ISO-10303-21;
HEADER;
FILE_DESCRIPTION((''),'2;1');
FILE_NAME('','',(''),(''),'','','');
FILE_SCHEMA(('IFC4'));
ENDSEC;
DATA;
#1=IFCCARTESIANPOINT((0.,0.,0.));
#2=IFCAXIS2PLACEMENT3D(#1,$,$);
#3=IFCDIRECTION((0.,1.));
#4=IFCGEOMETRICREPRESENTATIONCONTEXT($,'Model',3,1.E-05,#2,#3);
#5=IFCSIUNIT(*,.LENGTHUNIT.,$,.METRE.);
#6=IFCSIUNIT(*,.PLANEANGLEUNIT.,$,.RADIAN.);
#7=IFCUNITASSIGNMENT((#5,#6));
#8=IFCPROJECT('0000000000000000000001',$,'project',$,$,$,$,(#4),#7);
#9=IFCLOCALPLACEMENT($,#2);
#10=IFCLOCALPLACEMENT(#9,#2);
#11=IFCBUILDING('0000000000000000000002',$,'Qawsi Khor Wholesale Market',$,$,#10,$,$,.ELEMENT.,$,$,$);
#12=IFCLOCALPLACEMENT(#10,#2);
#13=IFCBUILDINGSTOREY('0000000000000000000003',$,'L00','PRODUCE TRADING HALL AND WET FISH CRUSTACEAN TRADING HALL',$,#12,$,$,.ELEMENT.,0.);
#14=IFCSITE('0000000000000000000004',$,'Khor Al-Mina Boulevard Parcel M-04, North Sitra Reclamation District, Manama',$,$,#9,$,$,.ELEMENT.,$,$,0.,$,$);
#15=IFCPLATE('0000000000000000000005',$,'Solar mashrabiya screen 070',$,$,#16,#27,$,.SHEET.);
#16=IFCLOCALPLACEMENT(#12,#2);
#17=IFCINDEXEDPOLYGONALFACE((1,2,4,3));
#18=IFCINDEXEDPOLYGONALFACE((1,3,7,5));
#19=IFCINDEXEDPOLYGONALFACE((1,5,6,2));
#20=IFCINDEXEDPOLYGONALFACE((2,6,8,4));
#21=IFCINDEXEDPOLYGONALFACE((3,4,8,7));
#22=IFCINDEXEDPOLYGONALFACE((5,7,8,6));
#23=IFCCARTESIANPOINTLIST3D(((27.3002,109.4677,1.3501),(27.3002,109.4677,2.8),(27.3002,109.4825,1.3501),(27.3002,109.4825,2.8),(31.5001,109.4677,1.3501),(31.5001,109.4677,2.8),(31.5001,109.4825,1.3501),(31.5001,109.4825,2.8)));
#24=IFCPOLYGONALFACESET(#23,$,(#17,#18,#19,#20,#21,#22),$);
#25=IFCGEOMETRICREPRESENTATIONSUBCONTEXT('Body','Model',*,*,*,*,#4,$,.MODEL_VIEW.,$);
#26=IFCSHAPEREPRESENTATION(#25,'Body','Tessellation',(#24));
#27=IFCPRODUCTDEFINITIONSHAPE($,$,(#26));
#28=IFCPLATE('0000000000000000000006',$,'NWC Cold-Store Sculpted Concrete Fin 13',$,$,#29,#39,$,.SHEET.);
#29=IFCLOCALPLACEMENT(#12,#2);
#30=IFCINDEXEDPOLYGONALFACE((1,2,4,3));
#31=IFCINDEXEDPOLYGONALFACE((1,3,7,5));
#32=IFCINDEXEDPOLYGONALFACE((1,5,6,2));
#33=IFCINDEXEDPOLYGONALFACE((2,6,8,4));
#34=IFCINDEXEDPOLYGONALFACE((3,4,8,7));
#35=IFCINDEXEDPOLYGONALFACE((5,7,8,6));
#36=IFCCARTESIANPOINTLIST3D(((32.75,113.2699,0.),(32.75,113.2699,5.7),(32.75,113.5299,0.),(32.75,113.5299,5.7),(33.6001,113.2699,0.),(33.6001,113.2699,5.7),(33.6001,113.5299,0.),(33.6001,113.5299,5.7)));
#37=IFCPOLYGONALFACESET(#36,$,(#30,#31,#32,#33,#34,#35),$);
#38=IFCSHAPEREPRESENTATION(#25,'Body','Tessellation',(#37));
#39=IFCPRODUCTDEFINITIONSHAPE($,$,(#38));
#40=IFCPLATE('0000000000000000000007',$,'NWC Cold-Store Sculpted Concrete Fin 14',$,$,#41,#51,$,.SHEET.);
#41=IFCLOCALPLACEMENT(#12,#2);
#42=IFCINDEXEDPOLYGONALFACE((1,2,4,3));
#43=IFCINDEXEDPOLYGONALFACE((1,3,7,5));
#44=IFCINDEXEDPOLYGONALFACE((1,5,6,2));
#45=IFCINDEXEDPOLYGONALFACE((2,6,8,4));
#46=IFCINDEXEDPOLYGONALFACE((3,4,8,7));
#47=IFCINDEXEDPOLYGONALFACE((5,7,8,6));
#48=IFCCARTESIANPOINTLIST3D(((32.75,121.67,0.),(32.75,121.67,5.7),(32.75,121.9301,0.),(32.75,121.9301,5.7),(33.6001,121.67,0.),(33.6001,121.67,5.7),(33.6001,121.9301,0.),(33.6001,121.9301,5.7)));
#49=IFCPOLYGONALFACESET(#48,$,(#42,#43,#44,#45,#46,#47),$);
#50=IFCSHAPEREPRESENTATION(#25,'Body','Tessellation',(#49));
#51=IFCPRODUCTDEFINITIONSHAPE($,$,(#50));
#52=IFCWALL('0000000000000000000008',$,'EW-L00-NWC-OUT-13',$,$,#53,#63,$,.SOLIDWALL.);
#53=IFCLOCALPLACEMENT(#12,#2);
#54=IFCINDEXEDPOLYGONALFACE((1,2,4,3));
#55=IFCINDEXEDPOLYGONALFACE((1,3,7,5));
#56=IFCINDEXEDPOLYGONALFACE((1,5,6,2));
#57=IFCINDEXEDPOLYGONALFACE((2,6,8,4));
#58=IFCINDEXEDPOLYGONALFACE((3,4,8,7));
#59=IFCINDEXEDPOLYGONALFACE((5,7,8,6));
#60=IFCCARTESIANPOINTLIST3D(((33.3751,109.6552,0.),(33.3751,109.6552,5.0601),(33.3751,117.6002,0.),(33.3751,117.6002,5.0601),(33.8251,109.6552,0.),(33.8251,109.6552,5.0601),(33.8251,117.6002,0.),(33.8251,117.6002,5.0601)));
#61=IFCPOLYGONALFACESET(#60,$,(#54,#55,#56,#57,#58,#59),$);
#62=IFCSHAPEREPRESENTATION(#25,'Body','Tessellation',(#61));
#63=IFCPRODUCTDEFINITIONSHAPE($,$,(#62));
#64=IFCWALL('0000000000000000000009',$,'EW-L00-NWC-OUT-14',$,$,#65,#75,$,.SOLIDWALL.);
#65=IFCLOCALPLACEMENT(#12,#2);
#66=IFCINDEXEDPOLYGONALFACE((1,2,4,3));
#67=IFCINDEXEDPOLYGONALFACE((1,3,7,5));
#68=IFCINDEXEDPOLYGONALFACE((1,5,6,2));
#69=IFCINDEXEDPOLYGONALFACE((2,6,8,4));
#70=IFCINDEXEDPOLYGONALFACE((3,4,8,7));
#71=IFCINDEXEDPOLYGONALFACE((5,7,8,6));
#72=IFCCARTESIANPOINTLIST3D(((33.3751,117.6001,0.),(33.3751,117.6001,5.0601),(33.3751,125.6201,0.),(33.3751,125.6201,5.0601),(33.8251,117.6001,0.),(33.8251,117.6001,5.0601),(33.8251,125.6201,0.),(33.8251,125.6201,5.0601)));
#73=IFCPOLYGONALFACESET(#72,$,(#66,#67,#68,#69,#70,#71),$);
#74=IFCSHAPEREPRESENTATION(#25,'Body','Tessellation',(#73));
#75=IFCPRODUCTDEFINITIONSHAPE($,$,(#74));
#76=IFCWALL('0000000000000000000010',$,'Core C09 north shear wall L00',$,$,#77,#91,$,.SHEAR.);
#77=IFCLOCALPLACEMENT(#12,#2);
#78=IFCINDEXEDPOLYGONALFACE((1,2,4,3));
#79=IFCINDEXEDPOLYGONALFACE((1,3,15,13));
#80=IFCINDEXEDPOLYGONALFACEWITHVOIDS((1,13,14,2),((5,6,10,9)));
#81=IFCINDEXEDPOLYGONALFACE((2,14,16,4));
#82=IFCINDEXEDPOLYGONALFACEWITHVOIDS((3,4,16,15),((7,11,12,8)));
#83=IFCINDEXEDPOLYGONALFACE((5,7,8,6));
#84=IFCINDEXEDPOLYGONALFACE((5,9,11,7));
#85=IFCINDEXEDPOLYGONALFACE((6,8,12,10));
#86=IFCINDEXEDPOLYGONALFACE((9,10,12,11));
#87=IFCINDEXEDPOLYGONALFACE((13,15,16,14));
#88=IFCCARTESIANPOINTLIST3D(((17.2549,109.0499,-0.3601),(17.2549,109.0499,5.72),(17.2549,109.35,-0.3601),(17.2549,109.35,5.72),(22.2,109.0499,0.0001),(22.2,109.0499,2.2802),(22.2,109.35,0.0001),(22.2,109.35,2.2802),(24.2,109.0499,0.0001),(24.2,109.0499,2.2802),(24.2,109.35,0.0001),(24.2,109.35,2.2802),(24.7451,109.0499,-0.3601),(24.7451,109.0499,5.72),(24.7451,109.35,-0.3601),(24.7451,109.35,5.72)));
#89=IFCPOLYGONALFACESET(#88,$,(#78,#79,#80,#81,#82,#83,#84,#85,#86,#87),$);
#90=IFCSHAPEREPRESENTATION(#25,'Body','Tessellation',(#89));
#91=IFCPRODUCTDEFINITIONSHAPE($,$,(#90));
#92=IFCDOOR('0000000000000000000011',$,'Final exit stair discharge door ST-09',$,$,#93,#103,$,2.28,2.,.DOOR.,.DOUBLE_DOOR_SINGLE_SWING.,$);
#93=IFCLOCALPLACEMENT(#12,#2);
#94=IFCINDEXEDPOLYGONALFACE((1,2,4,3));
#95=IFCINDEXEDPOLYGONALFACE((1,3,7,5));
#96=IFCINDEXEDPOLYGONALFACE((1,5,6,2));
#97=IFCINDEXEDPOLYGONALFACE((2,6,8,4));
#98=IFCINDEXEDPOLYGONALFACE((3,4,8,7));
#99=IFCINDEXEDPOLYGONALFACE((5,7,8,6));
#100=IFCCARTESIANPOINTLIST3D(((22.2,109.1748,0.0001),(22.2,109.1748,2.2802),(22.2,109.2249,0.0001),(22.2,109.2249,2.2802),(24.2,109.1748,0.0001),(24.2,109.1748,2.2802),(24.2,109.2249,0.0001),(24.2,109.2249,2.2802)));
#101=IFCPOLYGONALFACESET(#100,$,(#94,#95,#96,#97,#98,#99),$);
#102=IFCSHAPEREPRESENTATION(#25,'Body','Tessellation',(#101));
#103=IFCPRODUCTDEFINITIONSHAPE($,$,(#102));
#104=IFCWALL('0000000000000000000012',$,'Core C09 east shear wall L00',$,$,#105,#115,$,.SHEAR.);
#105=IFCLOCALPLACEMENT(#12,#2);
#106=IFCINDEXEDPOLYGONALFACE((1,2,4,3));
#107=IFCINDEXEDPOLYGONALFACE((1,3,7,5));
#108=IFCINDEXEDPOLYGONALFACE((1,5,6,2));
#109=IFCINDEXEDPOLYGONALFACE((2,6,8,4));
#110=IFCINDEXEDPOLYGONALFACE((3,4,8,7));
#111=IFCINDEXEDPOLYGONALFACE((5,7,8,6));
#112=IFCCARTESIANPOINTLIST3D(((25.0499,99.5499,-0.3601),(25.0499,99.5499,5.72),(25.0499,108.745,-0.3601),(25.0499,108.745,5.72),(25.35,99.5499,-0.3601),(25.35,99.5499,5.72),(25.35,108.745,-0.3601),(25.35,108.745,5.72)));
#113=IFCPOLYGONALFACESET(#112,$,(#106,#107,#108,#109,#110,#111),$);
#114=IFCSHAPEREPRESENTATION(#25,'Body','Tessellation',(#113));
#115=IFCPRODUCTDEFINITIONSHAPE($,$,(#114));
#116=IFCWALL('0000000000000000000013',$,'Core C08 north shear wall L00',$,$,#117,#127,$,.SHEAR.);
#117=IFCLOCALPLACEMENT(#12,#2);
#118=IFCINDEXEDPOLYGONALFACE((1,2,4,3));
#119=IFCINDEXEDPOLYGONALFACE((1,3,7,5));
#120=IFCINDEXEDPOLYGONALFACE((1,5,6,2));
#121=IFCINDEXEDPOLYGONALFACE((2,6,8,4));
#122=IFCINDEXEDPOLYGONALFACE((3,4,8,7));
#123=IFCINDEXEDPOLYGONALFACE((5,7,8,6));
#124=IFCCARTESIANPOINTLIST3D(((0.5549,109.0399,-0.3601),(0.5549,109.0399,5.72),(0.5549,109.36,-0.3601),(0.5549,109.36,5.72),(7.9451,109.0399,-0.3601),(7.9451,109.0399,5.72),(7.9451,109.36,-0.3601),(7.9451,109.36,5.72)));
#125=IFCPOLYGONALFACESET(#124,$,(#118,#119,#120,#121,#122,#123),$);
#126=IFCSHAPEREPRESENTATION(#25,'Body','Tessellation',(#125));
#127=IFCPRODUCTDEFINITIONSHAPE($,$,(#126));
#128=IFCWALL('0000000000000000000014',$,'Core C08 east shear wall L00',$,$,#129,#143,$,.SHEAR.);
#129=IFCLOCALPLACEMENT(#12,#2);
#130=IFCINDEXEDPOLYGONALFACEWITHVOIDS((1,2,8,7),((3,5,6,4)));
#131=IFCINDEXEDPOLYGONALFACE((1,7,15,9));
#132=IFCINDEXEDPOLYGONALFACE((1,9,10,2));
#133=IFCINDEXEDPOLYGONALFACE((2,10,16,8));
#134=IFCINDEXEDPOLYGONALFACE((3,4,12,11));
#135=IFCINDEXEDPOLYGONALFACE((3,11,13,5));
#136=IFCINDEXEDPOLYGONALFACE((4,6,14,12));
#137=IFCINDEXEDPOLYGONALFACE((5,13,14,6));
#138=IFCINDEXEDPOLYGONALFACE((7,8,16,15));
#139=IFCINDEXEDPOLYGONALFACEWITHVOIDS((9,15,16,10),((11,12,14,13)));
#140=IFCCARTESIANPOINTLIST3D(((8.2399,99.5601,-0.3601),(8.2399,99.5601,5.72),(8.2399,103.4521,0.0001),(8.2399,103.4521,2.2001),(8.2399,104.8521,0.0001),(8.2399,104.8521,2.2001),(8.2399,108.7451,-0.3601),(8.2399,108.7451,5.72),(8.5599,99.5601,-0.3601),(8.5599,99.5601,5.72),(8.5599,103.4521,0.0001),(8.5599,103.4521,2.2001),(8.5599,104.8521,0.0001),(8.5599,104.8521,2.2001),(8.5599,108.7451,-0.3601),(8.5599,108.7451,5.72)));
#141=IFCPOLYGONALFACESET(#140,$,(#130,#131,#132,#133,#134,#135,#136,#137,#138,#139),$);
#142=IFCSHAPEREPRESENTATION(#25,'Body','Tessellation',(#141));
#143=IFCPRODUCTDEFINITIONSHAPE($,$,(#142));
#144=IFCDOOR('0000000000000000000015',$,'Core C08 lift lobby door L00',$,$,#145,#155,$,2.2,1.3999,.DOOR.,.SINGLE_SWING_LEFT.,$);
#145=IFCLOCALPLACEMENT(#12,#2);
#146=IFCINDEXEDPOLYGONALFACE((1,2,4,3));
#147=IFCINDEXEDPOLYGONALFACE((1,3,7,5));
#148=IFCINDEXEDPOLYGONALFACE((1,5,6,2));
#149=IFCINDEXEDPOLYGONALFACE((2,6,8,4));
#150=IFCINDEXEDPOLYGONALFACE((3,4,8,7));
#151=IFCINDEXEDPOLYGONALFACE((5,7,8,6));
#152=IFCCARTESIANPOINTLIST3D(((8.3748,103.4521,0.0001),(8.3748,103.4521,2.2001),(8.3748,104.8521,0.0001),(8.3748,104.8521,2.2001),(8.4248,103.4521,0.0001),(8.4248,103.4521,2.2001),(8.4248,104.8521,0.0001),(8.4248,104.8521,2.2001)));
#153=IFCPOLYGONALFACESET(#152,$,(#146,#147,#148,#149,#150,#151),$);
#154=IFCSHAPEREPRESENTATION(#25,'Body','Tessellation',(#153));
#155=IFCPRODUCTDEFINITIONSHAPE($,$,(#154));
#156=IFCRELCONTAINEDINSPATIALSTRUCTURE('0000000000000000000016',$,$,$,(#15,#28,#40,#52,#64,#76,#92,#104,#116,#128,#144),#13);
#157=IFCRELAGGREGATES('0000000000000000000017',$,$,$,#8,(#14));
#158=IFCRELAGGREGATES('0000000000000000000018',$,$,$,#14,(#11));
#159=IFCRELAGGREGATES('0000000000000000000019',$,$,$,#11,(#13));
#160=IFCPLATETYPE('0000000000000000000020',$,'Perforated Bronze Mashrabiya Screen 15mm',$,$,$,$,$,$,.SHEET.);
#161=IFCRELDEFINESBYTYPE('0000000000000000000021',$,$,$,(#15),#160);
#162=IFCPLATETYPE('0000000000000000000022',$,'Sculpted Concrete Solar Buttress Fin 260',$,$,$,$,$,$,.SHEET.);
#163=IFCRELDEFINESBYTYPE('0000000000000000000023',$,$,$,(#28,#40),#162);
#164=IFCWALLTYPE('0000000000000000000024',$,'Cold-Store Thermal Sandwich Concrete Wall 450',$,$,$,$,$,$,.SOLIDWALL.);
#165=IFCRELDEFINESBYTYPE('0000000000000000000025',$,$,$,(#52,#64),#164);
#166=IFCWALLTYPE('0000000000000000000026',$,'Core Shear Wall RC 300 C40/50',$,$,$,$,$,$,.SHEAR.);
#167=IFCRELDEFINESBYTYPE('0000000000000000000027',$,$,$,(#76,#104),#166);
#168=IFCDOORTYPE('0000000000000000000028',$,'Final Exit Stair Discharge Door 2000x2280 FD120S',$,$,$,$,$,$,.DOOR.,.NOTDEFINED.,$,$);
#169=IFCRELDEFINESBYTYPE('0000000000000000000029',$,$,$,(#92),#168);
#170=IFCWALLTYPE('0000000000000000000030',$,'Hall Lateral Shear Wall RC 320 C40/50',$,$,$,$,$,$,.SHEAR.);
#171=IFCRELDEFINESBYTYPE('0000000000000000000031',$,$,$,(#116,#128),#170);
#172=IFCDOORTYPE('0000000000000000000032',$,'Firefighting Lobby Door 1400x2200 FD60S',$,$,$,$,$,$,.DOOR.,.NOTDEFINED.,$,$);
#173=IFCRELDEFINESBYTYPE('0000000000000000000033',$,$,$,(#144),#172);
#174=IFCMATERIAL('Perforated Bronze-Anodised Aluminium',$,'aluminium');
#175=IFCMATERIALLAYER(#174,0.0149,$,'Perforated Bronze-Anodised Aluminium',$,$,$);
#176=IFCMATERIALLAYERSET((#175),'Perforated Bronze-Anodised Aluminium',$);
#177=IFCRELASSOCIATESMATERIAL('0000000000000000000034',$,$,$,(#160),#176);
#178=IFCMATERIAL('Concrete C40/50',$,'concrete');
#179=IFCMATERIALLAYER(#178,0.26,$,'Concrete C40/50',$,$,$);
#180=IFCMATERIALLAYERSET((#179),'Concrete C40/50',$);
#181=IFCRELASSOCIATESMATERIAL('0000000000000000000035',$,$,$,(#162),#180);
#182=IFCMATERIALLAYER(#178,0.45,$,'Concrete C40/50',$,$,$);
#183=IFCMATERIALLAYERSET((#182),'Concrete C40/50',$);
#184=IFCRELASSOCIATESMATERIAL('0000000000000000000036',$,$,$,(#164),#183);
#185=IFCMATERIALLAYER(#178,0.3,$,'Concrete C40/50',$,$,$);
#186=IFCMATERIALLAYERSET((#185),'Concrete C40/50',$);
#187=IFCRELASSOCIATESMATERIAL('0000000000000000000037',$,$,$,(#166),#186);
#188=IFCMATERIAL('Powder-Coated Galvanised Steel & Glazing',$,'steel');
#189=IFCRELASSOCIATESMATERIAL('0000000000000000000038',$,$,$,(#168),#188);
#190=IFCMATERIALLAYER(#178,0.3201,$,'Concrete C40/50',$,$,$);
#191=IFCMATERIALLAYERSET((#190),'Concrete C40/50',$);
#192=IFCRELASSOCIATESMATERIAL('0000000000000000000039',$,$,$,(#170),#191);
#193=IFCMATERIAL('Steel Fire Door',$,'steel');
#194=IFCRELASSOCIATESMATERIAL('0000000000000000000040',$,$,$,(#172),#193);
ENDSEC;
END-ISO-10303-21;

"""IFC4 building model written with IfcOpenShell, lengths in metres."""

from ifc_helpers import new_model, si_unit, direction, frame, frame_2d, origin, place, context, subcontext, project, spatial, rectangle, extrude, material, layer, layer_set, type_object, element, fill, save


model = new_model("IFC4")

# Units and contexts
model_context = context("Model", 3, precision=1e-05, world=origin(), true_north=direction((0.0, 1.0)))
body_context = subcontext(model_context, "Body", "Model", "MODEL_VIEW")
ifc_project = project(units=[si_unit("LENGTHUNIT", "METRE"), si_unit("PLANEANGLEUNIT", "RADIAN")], contexts=[model_context])

# Site, building, storey
site_placement = place(None, origin())
site = spatial("IfcSite", under=ifc_project, at=site_placement, Name="Khor Al-Mina Boulevard Parcel M-04, North Sitra Reclamation District, Manama", CompositionType="ELEMENT", RefElevation=0.0)
building_placement = place(site_placement, origin())
building = spatial("IfcBuilding", under=site, at=building_placement, Name="Qawsi Khor Wholesale Market", CompositionType="ELEMENT")
storey_placement = place(building_placement, origin())
storey = spatial("IfcBuildingStorey", under=building, at=storey_placement, Name="L00", Description="PRODUCE TRADING HALL AND WET FISH CRUSTACEAN TRADING HALL", CompositionType="ELEMENT", Elevation=0.0)

# Shared definitions
ifc_material_1 = material(Name="Concrete C40/50", Category="concrete")

# Plates
ifc_material_2 = material(Name="Perforated Bronze-Anodised Aluminium", Category="aluminium")
ifc_layer_1 = layer(ifc_material_2, 0.0149, Name="Perforated Bronze-Anodised Aluminium")
ifc_layer_set_1 = layer_set([ifc_layer_1], Name="Perforated Bronze-Anodised Aluminium")
plate_type_1 = type_object("IfcPlateType", Name="Perforated Bronze Mashrabiya Screen 15mm", PredefinedType="SHEET", material=ifc_layer_set_1)
for number, where, z_axis, x_axis, name in (
    (1, (27.3, 109.4751, 1.3501), (0.0, 0.0, 1.0), (1.0, 0.0, 0.0), "Solar mashrabiya screen 070"),
):
    element("IfcPlate", number, at=place(storey_placement, frame(where, z_axis=z_axis, x_axis=x_axis)), inside=storey, type_object=plate_type_1, Name=name, PredefinedType="SHEET", context=body_context, shape_type="SweptSolid", body=[
        extrude(rectangle(XDim=4.2, YDim=0.0149, at=frame_2d((2.1001, 0.0))), origin(), (0.0, 0.0, 1.0), 1.45),
    ])
ifc_layer_2 = layer(ifc_material_1, 0.26, Name="Concrete C40/50")
ifc_layer_set_2 = layer_set([ifc_layer_2], Name="Concrete C40/50")
plate_type_2 = type_object("IfcPlateType", Name="Sculpted Concrete Solar Buttress Fin 260", PredefinedType="SHEET", material=ifc_layer_set_2)
for number, where, z_axis, x_axis, name in (
    (2, (33.6001, 113.3999, 0.0), (0.0, 0.0, 1.0), (-1.0, 0.0, 0.0), "NWC Cold-Store Sculpted Concrete Fin 13"),
    (3, (33.6001, 121.8, 0.0), (0.0, 0.0, 1.0), (-1.0, 0.0, 0.0), "NWC Cold-Store Sculpted Concrete Fin 14"),
):
    element("IfcPlate", number, at=place(storey_placement, frame(where, z_axis=z_axis, x_axis=x_axis)), inside=storey, type_object=plate_type_2, Name=name, PredefinedType="SHEET", context=body_context, shape_type="SweptSolid", body=[
        extrude(rectangle(XDim=0.8501, YDim=0.26, at=frame_2d((0.425, 0.0))), origin(), (0.0, 0.0, 1.0), 5.7),
    ])

# Walls
ifc_layer_3 = layer(ifc_material_1, 0.45, Name="Concrete C40/50")
ifc_layer_set_3 = layer_set([ifc_layer_3], Name="Concrete C40/50")
wall_type_1 = type_object("IfcWallType", Name="Cold-Store Thermal Sandwich Concrete Wall 450", PredefinedType="SOLIDWALL", material=ifc_layer_set_3)
wall_1_placement = place(storey_placement, frame((33.6001, 109.655, 0.0), z_axis=(0.0, 0.0, 1.0), x_axis=(0.0, 1.0, 0.0)))
element("IfcWall", 4, at=wall_1_placement, inside=storey, type_object=wall_type_1, Name="EW-L00-NWC-OUT-13", PredefinedType="SOLIDWALL", context=body_context, shape_type="SweptSolid", body=[
    extrude(rectangle(XDim=7.9451, YDim=0.45, at=frame_2d((3.9727, 0.0))), origin(), (0.0, 0.0, 1.0), 5.0601),
])
wall_2_placement = place(storey_placement, frame((33.6001, 117.6001, 0.0), z_axis=(0.0, 0.0, 1.0), x_axis=(0.0, 1.0, 0.0)))
element("IfcWall", 5, at=wall_2_placement, inside=storey, type_object=wall_type_1, Name="EW-L00-NWC-OUT-14", PredefinedType="SOLIDWALL", context=body_context, shape_type="SweptSolid", body=[
    extrude(rectangle(XDim=8.02, YDim=0.45, at=frame_2d((4.01, 0.0))), origin(), (0.0, 0.0, 1.0), 5.0601),
])

# Wall, opening, door
ifc_layer_4 = layer(ifc_material_1, 0.3, Name="Concrete C40/50")
ifc_layer_set_4 = layer_set([ifc_layer_4], Name="Concrete C40/50")
wall_type_2 = type_object("IfcWallType", Name="Core Shear Wall RC 300 C40/50", PredefinedType="SHEAR", material=ifc_layer_set_4)
wall_3_placement = place(storey_placement, frame((17.2549, 109.2, -0.3601), z_axis=(0.0, 0.0, 1.0), x_axis=(1.0, 0.0, 0.0)))
wall_3 = element("IfcWall", 6, at=wall_3_placement, inside=storey, type_object=wall_type_2, Name="Core C09 north shear wall L00", PredefinedType="SHEAR", context=body_context, shape_type="SweptSolid", body=[
    extrude(rectangle(XDim=7.4902, YDim=0.3, at=frame_2d((3.7451, 0.0))), origin(), (0.0, 0.0, 1.0), 6.0801),
])
opening_1_placement = place(wall_3_placement, frame((4.9451, 0.0, 0.3601)))
opening_1 = element("IfcOpeningElement", 7, at=opening_1_placement, cuts=wall_3, PredefinedType="OPENING", context=body_context, shape_type="SweptSolid", body=[
    extrude(rectangle(XDim=2.0, YDim=2.28, at=frame_2d((1.0, 1.1401))), frame((0.0, 0.1599, 0.0), z_axis=(0.0, -1.0, 0.0), x_axis=(1.0, 0.0, 0.0)), (0.0, 0.0, 1.0), 0.3201),
])
ifc_material_3 = material(Name="Powder-Coated Galvanised Steel & Glazing", Category="steel")
door_type_1 = type_object("IfcDoorType", Name="Final Exit Stair Discharge Door 2000x2280 FD120S", OperationType="NOTDEFINED", PredefinedType="DOOR", material=ifc_material_3)
door_1_placement = place(opening_1_placement, origin())
door_1 = element("IfcDoor", 8, at=door_1_placement, inside=storey, type_object=door_type_1, Name="Final exit stair discharge door ST-09", OperationType="DOUBLE_DOOR_SINGLE_SWING", OverallHeight=2.28, OverallWidth=2.0, PredefinedType="DOOR", context=body_context, shape_type="SweptSolid", body=[
    extrude(rectangle(XDim=2.0, YDim=2.28, at=frame_2d((1.0, 1.1401))), frame((0.0, 0.0249, 0.0), z_axis=(0.0, -1.0, 0.0), x_axis=(1.0, 0.0, 0.0)), (0.0, 0.0, 1.0), 0.05),
])
fill(opening_1, door_1)

# Walls
wall_4_placement = place(storey_placement, frame((25.2, 108.7451, -0.3601), z_axis=(0.0, 0.0, 1.0), x_axis=(0.0, -1.0, 0.0)))
element("IfcWall", 9, at=wall_4_placement, inside=storey, type_object=wall_type_2, Name="Core C09 east shear wall L00", PredefinedType="SHEAR", context=body_context, shape_type="SweptSolid", body=[
    extrude(rectangle(XDim=9.1951, YDim=0.3, at=frame_2d((4.5977, 0.0))), origin(), (0.0, 0.0, 1.0), 6.0801),
])
ifc_layer_5 = layer(ifc_material_1, 0.3201, Name="Concrete C40/50")
ifc_layer_set_5 = layer_set([ifc_layer_5], Name="Concrete C40/50")
wall_type_3 = type_object("IfcWallType", Name="Hall Lateral Shear Wall RC 320 C40/50", PredefinedType="SHEAR", material=ifc_layer_set_5)
wall_5_placement = place(storey_placement, frame((0.5549, 109.2, -0.3601), z_axis=(0.0, 0.0, 1.0), x_axis=(1.0, 0.0, 0.0)))
element("IfcWall", 10, at=wall_5_placement, inside=storey, type_object=wall_type_3, Name="Core C08 north shear wall L00", PredefinedType="SHEAR", context=body_context, shape_type="SweptSolid", body=[
    extrude(rectangle(XDim=7.3901, YDim=0.3201, at=frame_2d((3.6951, 0.0))), origin(), (0.0, 0.0, 1.0), 6.0801),
])

# Wall, opening, door
wall_6_placement = place(storey_placement, frame((8.3999, 108.7451, -0.3601), z_axis=(0.0, 0.0, 1.0), x_axis=(0.0, -1.0, 0.0)))
wall_6 = element("IfcWall", 11, at=wall_6_placement, inside=storey, type_object=wall_type_3, Name="Core C08 east shear wall L00", PredefinedType="SHEAR", context=body_context, shape_type="SweptSolid", body=[
    extrude(rectangle(XDim=9.1851, YDim=0.3201, at=frame_2d((4.5925, 0.0))), origin(), (0.0, 0.0, 1.0), 6.0801),
])
opening_2_placement = place(wall_6_placement, frame((3.8931, 0.0, 0.3601)))
opening_2 = element("IfcOpeningElement", 12, at=opening_2_placement, cuts=wall_6, PredefinedType="OPENING", context=body_context, shape_type="SweptSolid", body=[
    extrude(rectangle(XDim=1.3999, YDim=2.2, at=frame_2d((0.7, 1.1001))), frame((0.0, 0.1699, 0.0), z_axis=(0.0, -1.0, 0.0), x_axis=(1.0, 0.0, 0.0)), (0.0, 0.0, 1.0), 0.3401),
])
ifc_material_4 = material(Name="Steel Fire Door", Category="steel")
door_type_2 = type_object("IfcDoorType", Name="Firefighting Lobby Door 1400x2200 FD60S", OperationType="NOTDEFINED", PredefinedType="DOOR", material=ifc_material_4)
door_2_placement = place(opening_2_placement, origin())
door_2 = element("IfcDoor", 13, at=door_2_placement, inside=storey, type_object=door_type_2, Name="Core C08 lift lobby door L00", OperationType="SINGLE_SWING_LEFT", OverallHeight=2.2, OverallWidth=1.3999, PredefinedType="DOOR", context=body_context, shape_type="SweptSolid", body=[
    extrude(rectangle(XDim=1.3999, YDim=2.2, at=frame_2d((0.7, 1.1001))), frame((0.0, 0.0249, 0.0), z_axis=(0.0, -1.0, 0.0), x_axis=(1.0, 0.0, 0.0)), (0.0, 0.0, 1.0), 0.05),
])
fill(opening_2, door_2)

save(model, "model.ifc")
